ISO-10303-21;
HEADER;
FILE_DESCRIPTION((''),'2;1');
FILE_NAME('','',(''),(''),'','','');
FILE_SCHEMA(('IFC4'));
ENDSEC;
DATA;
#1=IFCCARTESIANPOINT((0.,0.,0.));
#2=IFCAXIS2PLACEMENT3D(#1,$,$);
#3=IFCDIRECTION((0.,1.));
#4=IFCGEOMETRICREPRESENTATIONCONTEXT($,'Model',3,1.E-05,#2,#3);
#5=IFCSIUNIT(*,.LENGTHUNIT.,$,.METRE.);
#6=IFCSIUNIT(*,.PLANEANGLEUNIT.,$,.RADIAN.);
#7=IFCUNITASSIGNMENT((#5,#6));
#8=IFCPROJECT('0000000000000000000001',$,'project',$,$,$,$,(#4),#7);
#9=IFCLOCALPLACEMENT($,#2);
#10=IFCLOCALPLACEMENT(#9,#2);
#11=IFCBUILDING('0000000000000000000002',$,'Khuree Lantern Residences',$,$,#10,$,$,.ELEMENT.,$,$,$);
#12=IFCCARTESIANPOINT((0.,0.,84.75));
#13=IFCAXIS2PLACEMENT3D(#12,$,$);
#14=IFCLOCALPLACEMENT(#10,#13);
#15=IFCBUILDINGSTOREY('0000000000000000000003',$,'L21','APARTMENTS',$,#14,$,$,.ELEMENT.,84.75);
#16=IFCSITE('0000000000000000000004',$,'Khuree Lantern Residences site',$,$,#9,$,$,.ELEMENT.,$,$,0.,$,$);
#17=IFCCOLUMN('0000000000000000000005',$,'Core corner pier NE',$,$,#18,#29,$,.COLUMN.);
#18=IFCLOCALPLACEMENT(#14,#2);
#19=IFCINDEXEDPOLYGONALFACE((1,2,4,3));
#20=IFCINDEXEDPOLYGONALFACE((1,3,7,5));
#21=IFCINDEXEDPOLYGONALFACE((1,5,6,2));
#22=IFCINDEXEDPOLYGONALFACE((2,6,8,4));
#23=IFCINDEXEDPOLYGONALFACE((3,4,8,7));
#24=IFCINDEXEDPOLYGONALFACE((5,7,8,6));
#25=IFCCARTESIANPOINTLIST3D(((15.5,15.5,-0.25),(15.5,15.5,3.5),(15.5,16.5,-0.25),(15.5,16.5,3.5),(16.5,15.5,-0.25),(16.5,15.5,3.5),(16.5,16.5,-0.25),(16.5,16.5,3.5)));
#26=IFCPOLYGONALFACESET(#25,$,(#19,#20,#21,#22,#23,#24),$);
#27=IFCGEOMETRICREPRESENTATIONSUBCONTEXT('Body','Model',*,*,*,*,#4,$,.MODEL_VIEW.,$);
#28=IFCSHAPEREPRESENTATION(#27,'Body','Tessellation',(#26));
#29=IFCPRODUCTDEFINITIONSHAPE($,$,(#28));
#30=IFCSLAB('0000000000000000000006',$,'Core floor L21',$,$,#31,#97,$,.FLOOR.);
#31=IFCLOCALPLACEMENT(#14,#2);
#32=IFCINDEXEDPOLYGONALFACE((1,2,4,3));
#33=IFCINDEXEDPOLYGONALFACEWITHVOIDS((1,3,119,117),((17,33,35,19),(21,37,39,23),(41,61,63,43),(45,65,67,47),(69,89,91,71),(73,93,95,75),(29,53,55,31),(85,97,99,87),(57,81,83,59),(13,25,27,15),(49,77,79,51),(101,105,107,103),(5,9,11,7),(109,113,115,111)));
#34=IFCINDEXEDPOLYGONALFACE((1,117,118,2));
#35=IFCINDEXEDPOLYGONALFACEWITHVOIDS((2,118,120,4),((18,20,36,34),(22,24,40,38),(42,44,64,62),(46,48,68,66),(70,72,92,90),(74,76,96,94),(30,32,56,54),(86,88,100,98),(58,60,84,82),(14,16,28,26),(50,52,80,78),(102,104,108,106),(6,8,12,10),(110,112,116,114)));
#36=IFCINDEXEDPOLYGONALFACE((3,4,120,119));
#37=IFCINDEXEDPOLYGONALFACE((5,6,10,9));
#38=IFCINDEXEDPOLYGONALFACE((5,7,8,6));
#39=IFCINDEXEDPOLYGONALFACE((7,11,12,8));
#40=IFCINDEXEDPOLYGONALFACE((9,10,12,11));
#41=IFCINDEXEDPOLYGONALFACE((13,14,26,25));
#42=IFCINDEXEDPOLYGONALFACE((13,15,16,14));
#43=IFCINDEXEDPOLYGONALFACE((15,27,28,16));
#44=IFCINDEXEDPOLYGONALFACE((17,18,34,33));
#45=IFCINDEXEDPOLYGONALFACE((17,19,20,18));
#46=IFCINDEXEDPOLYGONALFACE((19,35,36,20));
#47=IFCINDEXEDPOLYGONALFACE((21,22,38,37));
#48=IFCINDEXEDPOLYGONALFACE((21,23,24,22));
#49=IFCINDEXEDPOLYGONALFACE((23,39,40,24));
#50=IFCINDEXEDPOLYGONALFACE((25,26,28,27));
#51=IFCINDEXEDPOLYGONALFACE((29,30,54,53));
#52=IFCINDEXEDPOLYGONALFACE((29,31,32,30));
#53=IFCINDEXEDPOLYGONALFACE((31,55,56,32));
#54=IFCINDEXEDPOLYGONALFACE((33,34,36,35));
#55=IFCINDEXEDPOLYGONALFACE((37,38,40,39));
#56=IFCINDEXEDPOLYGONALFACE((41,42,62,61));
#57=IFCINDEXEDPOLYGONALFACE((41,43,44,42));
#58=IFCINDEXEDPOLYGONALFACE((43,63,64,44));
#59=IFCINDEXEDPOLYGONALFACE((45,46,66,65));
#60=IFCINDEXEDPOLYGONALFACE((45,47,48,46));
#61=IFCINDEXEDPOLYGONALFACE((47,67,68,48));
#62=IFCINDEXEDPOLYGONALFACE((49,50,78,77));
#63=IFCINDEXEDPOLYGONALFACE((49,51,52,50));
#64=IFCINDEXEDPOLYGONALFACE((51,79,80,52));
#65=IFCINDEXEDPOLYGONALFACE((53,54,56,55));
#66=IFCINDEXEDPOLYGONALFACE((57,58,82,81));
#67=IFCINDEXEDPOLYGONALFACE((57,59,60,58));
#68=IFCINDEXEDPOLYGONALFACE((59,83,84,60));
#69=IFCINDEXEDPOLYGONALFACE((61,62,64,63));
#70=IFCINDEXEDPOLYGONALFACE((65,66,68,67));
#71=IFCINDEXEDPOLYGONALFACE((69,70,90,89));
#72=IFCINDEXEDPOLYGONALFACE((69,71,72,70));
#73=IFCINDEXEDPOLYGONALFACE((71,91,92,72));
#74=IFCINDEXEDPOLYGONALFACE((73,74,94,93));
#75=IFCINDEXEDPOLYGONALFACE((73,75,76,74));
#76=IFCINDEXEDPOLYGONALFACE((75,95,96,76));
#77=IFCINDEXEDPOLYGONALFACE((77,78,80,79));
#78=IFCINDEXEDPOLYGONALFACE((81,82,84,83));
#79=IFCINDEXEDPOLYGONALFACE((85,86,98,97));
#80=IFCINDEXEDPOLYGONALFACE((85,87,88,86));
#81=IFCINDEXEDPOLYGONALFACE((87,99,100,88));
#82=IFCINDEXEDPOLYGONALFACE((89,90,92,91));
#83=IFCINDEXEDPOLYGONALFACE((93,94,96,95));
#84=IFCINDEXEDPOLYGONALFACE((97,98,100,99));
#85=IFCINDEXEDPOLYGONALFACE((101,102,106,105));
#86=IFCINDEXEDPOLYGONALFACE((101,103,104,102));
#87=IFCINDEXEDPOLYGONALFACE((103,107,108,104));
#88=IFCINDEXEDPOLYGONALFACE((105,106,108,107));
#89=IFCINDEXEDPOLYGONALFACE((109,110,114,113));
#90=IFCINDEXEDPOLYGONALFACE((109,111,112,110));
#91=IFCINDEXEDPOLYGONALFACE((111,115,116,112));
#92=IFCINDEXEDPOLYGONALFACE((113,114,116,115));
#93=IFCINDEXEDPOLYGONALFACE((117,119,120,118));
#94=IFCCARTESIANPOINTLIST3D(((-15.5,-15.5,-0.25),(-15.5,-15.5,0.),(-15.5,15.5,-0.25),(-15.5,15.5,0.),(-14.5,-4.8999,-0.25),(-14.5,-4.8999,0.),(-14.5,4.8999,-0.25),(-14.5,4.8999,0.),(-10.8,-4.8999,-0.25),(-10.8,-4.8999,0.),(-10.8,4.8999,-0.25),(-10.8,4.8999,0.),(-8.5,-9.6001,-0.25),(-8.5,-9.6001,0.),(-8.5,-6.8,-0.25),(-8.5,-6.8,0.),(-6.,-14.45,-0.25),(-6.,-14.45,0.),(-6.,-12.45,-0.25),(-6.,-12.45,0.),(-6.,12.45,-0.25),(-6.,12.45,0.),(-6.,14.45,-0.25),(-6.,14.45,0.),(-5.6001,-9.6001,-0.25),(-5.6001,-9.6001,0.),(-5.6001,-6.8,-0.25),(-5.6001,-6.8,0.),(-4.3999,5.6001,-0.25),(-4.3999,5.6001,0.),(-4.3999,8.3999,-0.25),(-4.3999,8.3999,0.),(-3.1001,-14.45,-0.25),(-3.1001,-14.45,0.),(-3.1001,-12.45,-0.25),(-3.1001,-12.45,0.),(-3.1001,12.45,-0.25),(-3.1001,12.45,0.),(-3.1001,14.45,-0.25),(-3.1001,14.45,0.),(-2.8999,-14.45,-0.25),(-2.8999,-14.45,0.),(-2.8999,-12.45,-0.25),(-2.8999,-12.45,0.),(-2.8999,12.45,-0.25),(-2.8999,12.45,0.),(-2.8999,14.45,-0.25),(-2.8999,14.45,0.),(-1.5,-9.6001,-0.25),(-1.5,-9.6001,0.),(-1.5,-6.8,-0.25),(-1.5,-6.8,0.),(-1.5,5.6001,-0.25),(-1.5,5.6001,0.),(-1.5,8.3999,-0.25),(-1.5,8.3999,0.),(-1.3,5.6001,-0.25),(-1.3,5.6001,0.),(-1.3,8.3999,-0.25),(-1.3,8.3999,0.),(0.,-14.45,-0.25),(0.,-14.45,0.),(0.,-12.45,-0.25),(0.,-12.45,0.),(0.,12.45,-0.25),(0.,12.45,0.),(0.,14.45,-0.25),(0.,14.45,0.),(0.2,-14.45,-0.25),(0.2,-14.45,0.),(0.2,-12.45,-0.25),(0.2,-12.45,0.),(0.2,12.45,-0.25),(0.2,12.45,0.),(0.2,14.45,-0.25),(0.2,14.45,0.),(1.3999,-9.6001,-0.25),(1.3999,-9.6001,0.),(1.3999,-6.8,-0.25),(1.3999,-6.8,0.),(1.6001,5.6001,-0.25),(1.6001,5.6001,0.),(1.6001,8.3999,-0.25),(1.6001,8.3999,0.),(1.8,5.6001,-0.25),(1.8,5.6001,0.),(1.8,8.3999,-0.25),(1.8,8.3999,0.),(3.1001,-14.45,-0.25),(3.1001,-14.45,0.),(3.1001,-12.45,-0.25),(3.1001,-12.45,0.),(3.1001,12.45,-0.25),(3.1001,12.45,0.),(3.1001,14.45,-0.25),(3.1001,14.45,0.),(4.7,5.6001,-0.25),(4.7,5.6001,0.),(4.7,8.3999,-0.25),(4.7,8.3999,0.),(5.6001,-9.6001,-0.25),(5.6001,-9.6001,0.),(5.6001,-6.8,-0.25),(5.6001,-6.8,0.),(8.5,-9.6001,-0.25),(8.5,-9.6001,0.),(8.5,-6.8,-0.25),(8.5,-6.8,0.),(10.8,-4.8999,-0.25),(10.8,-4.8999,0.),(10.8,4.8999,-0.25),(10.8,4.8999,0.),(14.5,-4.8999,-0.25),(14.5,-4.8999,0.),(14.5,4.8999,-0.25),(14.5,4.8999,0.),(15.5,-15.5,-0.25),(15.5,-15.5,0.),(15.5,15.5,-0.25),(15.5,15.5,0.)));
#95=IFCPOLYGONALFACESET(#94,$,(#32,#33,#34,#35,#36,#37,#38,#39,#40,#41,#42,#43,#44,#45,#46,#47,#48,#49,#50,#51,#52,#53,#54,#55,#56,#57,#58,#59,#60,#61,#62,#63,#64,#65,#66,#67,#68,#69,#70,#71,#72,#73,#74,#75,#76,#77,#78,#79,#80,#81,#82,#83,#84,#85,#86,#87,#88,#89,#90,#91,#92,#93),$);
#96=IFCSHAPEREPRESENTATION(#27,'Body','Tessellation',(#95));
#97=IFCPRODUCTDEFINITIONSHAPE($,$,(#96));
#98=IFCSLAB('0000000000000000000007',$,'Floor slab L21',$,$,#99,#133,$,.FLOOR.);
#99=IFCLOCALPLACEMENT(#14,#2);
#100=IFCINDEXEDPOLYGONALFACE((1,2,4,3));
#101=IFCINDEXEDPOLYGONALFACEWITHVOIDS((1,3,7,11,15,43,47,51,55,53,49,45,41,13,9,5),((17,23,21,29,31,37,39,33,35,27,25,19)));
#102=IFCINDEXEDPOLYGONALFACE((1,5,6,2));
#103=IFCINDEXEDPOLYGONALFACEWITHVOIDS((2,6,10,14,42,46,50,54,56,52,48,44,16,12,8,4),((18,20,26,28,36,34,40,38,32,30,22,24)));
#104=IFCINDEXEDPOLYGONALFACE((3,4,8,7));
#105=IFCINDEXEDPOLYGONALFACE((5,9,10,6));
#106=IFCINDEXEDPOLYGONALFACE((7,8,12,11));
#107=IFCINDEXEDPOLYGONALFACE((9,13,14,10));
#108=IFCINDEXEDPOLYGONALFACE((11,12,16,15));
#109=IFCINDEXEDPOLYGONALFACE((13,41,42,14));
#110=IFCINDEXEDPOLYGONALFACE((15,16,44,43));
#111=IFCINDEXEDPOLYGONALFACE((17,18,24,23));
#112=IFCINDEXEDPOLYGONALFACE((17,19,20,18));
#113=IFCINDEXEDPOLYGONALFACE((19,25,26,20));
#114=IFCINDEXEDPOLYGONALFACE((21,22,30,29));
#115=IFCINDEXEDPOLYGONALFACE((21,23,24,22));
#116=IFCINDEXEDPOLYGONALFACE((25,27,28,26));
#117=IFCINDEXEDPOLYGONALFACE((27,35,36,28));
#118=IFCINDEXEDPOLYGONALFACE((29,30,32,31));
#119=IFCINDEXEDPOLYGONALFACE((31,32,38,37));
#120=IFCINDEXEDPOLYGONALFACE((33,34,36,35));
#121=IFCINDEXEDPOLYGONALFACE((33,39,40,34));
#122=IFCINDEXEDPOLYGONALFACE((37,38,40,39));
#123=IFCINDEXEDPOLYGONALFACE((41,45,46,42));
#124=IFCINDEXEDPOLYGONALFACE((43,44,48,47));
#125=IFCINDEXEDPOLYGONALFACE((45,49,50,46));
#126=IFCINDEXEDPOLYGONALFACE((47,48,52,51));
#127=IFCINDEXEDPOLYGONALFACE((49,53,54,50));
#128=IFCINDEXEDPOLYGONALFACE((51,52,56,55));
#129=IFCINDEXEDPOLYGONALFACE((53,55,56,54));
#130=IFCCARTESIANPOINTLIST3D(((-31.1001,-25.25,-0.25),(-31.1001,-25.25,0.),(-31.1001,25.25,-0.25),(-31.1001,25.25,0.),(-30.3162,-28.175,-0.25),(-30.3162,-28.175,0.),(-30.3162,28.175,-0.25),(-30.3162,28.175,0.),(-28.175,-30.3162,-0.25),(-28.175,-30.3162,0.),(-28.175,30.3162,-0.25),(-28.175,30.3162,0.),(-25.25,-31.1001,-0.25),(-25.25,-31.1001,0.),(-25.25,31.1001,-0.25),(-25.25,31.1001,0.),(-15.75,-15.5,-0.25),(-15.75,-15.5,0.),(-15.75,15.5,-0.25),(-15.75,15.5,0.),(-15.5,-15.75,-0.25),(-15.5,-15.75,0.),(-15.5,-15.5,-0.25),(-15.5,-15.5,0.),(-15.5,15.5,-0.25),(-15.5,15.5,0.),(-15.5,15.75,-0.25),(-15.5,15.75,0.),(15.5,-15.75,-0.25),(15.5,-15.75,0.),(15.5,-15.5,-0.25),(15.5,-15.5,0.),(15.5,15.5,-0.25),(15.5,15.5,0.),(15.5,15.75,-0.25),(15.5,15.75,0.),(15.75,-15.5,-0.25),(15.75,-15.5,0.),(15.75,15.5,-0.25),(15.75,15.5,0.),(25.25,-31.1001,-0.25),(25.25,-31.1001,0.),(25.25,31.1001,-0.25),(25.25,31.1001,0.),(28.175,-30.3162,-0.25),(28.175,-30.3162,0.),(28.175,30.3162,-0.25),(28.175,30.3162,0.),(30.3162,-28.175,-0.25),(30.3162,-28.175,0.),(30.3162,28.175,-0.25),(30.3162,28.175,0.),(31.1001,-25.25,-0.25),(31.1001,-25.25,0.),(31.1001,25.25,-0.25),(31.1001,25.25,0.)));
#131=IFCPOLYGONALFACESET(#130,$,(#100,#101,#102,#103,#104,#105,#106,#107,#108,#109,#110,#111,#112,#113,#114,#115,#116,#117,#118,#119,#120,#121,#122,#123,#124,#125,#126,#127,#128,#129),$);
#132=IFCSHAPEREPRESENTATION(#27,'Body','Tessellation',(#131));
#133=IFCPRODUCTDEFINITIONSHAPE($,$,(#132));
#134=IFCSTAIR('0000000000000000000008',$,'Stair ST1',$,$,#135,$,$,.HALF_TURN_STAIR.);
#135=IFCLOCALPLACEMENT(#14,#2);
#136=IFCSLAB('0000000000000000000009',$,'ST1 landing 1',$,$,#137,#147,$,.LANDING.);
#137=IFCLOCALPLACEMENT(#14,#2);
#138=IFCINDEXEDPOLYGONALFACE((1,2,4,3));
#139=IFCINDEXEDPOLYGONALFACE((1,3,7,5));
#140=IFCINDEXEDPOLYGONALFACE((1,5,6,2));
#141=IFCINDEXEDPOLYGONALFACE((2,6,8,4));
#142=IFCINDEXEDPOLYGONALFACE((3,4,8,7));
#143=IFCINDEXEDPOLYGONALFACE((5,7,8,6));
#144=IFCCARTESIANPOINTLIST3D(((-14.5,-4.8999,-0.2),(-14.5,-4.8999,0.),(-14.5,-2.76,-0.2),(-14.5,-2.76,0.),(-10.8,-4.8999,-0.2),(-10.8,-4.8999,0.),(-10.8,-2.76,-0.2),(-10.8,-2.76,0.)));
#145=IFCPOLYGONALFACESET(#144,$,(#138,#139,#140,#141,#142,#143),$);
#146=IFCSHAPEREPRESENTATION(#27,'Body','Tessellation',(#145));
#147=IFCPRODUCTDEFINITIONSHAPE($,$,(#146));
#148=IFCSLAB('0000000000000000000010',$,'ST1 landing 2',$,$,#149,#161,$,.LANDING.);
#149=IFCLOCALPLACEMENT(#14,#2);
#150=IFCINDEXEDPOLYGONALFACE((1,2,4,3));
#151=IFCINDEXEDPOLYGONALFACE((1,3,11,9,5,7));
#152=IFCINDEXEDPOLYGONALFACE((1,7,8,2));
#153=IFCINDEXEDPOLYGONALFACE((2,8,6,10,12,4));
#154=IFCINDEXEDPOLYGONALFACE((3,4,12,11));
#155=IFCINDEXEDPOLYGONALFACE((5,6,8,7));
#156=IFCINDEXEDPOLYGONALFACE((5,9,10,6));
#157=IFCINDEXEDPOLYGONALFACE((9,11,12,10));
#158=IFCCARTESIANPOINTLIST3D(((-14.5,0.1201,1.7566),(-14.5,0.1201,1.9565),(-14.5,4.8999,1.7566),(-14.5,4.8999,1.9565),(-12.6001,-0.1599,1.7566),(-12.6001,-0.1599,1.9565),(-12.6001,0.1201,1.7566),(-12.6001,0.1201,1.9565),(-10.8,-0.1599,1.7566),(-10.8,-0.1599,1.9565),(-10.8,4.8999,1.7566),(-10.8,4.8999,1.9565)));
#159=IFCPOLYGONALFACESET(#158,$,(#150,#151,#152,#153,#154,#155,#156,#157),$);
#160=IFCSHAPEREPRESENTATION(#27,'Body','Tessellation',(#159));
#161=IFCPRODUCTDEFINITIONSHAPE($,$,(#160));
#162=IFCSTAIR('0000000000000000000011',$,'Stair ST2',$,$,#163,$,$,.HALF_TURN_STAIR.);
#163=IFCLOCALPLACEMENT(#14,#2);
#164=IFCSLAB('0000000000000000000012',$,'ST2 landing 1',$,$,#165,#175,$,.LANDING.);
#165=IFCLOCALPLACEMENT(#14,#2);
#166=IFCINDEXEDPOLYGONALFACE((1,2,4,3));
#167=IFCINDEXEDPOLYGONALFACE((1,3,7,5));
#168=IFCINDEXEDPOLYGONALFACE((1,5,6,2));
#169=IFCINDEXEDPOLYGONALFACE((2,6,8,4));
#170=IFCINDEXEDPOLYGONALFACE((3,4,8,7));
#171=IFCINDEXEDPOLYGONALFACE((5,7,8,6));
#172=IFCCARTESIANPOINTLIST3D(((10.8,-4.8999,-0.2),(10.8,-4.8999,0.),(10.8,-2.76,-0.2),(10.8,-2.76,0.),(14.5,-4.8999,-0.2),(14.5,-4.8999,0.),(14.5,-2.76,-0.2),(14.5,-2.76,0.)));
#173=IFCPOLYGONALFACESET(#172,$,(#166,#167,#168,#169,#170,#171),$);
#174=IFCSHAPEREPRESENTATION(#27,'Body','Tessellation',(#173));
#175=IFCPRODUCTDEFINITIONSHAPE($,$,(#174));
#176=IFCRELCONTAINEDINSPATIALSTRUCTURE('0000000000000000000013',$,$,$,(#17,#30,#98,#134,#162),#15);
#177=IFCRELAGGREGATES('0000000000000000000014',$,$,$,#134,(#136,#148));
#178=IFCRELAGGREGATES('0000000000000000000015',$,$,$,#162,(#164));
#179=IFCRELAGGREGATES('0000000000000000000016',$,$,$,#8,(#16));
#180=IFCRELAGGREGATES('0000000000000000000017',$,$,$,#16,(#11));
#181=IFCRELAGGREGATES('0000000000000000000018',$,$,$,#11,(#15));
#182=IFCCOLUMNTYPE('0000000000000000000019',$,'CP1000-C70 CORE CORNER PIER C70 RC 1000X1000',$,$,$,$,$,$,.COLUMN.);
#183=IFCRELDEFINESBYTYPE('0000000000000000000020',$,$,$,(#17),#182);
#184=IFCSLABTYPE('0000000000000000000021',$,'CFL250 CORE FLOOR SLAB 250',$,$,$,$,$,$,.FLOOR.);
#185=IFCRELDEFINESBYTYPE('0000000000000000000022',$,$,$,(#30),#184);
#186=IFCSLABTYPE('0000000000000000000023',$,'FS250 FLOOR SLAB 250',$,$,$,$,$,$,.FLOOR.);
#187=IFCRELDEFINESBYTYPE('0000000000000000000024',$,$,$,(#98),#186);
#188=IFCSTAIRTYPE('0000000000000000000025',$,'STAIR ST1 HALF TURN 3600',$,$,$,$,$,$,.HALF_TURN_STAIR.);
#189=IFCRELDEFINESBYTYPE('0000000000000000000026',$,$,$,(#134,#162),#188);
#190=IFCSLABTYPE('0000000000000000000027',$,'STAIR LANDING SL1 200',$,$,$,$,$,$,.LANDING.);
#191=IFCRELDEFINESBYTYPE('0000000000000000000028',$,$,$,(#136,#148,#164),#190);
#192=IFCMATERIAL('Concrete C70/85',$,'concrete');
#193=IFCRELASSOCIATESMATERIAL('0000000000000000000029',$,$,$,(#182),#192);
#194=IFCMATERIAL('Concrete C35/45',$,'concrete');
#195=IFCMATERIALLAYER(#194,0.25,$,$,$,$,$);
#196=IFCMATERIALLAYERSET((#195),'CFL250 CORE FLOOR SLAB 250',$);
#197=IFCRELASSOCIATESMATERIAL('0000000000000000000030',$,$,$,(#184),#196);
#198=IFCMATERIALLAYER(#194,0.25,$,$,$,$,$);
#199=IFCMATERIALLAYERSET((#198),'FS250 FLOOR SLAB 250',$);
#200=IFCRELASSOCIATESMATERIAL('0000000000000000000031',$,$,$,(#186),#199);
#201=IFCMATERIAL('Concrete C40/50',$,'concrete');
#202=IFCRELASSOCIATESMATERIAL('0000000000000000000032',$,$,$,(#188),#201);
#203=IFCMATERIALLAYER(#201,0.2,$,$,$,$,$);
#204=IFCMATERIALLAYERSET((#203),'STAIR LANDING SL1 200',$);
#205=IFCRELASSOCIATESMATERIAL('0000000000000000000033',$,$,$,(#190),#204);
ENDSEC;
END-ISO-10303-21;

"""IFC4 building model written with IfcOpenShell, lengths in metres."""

from ifc_helpers import new_model, si_unit, direction, frame, origin, origin_2d, place, context, subcontext, project, spatial, polyline, rectangle, outline, extrude, material, layer, layer_set, material_profile, profile_set, type_object, element, aggregate, save


model = new_model("IFC4")

# Units and contexts
model_context = context("Model", 3, precision=1e-05, world=origin(), true_north=direction((0.0, 1.0)))
body_context = subcontext(model_context, "Body", "Model", "MODEL_VIEW")
ifc_project = project(units=[si_unit("LENGTHUNIT", "METRE"), si_unit("PLANEANGLEUNIT", "RADIAN")], contexts=[model_context])

# Site, building, storey
site_placement = place(None, origin())
site = spatial("IfcSite", under=ifc_project, at=site_placement, Name="Khuree Lantern Residences site", CompositionType="ELEMENT", RefElevation=0.0)
building_placement = place(site_placement, origin())
building = spatial("IfcBuilding", under=site, at=building_placement, Name="Khuree Lantern Residences", CompositionType="ELEMENT")
storey_placement = place(building_placement, frame((0.0, 0.0, 84.75)))
storey = spatial("IfcBuildingStorey", under=building, at=storey_placement, Name="L21", Description="APARTMENTS", CompositionType="ELEMENT", Elevation=84.75)

# Column
ifc_material_1 = material(Name="Concrete C70/85", Category="concrete")
ifc_material_profile = material_profile(ifc_material_1, rectangle(XDim=1.0, YDim=1.0, at=origin_2d()), Name="RC 1000X1000")
ifc_profile_set = profile_set([ifc_material_profile], Name="Concrete C70/85")
column_type = type_object("IfcColumnType", Name="CP1000-C70 CORE CORNER PIER C70 RC 1000X1000", PredefinedType="COLUMN", material=ifc_profile_set)
column_placement = place(storey_placement, frame((16.0, 16.0, -0.25), z_axis=(0.0, 0.0, 1.0), x_axis=(1.0, 0.0, 0.0)))
element("IfcColumn", 1, at=column_placement, inside=storey, type_object=column_type, Name="Core corner pier NE", PredefinedType="COLUMN", context=body_context, shape_type="SweptSolid", body=[
    extrude(rectangle(XDim=1.0, YDim=1.0, at=origin_2d()), origin(), (0.0, 0.0, 1.0), 3.75),
])

# Slabs
ifc_material_2 = material(Name="Concrete C35/45", Category="concrete")
ifc_layer_1 = layer(ifc_material_2, 0.25)
ifc_layer_set_1 = layer_set([ifc_layer_1], Name="CFL250 CORE FLOOR SLAB 250")
slab_type_1 = type_object("IfcSlabType", Name="CFL250 CORE FLOOR SLAB 250", PredefinedType="FLOOR", material=ifc_layer_set_1)
slab_1_placement = place(storey_placement, frame((0.0, 0.0, -0.25)))
element("IfcSlab", 2, at=slab_1_placement, inside=storey, type_object=slab_type_1, Name="Core floor L21", PredefinedType="FLOOR", context=body_context, shape_type="SweptSolid", body=[
    extrude(outline(polyline([(-15.5, -15.5), (-15.5, 15.5), (15.5, 15.5), (15.5, -15.5), (-15.5, -15.5)]), holes=[polyline([(14.5, 4.8999), (10.8, 4.8999), (10.8, -4.8999), (14.5, -4.8999), (14.5, 4.8999)]), polyline([(8.5, -6.8), (5.6001, -6.8), (5.6001, -9.6001), (8.5, -9.6001), (8.5, -6.8)]), polyline([(4.7, 8.3999), (1.8, 8.3999), (1.8, 5.6001), (4.7, 5.6001), (4.7, 8.3999)]), polyline([(0.2, -12.45), (0.2, -14.45), (3.1001, -14.45), (3.1001, -12.45), (0.2, -12.45)]), polyline([(3.1001, 14.45), (0.2, 14.45), (0.2, 12.45), (3.1001, 12.45), (3.1001, 14.45)]), polyline([(1.6001, 8.3999), (-1.3, 8.3999), (-1.3, 5.6001), (1.6001, 5.6001), (1.6001, 8.3999)]), polyline([(1.3999, -6.8), (-1.5, -6.8), (-1.5, -9.6001), (1.3999, -9.6001), (1.3999, -6.8)]), polyline([(0.0, -12.45), (-2.8999, -12.45), (-2.8999, -14.45), (0.0, -14.45), (0.0, -12.45)]), polyline([(0.0, 14.45), (-2.8999, 14.45), (-2.8999, 12.45), (0.0, 12.45), (0.0, 14.45)]), polyline([(-1.5, 8.3999), (-4.3999, 8.3999), (-4.3999, 5.6001), (-1.5, 5.6001), (-1.5, 8.3999)]), polyline([(-6.0, -12.45), (-6.0, -14.45), (-3.1001, -14.45), (-3.1001, -12.45), (-6.0, -12.45)]), polyline([(-3.1001, 14.45), (-6.0, 14.45), (-6.0, 12.45), (-3.1001, 12.45), (-3.1001, 14.45)]), polyline([(-5.6001, -6.8), (-8.5, -6.8), (-8.5, -9.6001), (-5.6001, -9.6001), (-5.6001, -6.8)]), polyline([(-10.8, 4.8999), (-14.5, 4.8999), (-14.5, -4.8999), (-10.8, -4.8999), (-10.8, 4.8999)])]), origin(), (0.0, 0.0, 1.0), 0.25),
])
ifc_layer_2 = layer(ifc_material_2, 0.25)
ifc_layer_set_2 = layer_set([ifc_layer_2], Name="FS250 FLOOR SLAB 250")
slab_type_2 = type_object("IfcSlabType", Name="FS250 FLOOR SLAB 250", PredefinedType="FLOOR", material=ifc_layer_set_2)
slab_2_placement = place(storey_placement, frame((0.0, 0.0, -0.25)))
element("IfcSlab", 3, at=slab_2_placement, inside=storey, type_object=slab_type_2, Name="Floor slab L21", PredefinedType="FLOOR", context=body_context, shape_type="SweptSolid", body=[
    extrude(outline(polyline([(-28.175, -30.3162), (-30.3162, -28.175), (-31.1001, -25.25), (-31.1001, 25.25), (-30.3162, 28.175), (-28.175, 30.3162), (-25.25, 31.1001), (25.25, 31.1001), (28.175, 30.3162), (30.3162, 28.175), (31.1001, 25.25), (31.1001, -25.25), (30.3162, -28.175), (28.175, -30.3162), (25.25, -31.1001), (-25.25, -31.1001), (-28.175, -30.3162)]), holes=[polyline([(15.75, 15.5), (15.5, 15.5), (15.5, 15.75), (-15.5, 15.75), (-15.5, 15.5), (-15.75, 15.5), (-15.75, -15.5), (-15.5, -15.5), (-15.5, -15.75), (15.5, -15.75), (15.5, -15.5), (15.75, -15.5), (15.75, 15.5)])]), origin(), (0.0, 0.0, 1.0), 0.25),
])

# Stairs, slabs
ifc_material_3 = material(Name="Concrete C40/50", Category="concrete")
stair_type = type_object("IfcStairType", Name="STAIR ST1 HALF TURN 3600", PredefinedType="HALF_TURN_STAIR", material=ifc_material_3)
stair_1_placement = place(storey_placement, origin())
stair_1 = element("IfcStair", 4, at=stair_1_placement, inside=storey, type_object=stair_type, Name="Stair ST1", PredefinedType="HALF_TURN_STAIR")
ifc_layer_3 = layer(ifc_material_3, 0.2)
ifc_layer_set_3 = layer_set([ifc_layer_3], Name="STAIR LANDING SL1 200")
slab_type_3 = type_object("IfcSlabType", Name="STAIR LANDING SL1 200", PredefinedType="LANDING", material=ifc_layer_set_3)
slab_3_placement = place(storey_placement, frame((0.0, 0.0, -0.2)))
slab_3 = element("IfcSlab", 5, at=slab_3_placement, type_object=slab_type_3, Name="ST1 landing 1", PredefinedType="LANDING", context=body_context, shape_type="SweptSolid", body=[
    extrude(outline(polyline([(-14.5, -4.8999), (-10.8, -4.8999), (-10.8, -2.76), (-14.5, -2.76), (-14.5, -4.8999)])), origin(), (0.0, 0.0, 1.0), 0.2),
])
slab_4_placement = place(storey_placement, frame((0.0, 0.0, 1.7566)))
slab_4 = element("IfcSlab", 6, at=slab_4_placement, type_object=slab_type_3, Name="ST1 landing 2", PredefinedType="LANDING", context=body_context, shape_type="SweptSolid", body=[
    extrude(outline(polyline([(-14.5, 0.1201), (-14.5, 4.8999), (-10.8, 4.8999), (-10.8, -0.1599), (-12.6001, -0.1599), (-12.6001, 0.1201), (-14.5, 0.1201)])), origin(), (0.0, 0.0, 1.0), 0.2),
])
aggregate(stair_1, [slab_3, slab_4])
stair_2_placement = place(storey_placement, origin())
stair_2 = element("IfcStair", 7, at=stair_2_placement, inside=storey, type_object=stair_type, Name="Stair ST2", PredefinedType="HALF_TURN_STAIR")
slab_5_placement = place(storey_placement, frame((0.0, 0.0, -0.2)))
slab_5 = element("IfcSlab", 8, at=slab_5_placement, type_object=slab_type_3, Name="ST2 landing 1", PredefinedType="LANDING", context=body_context, shape_type="SweptSolid", body=[
    extrude(outline(polyline([(10.8, -4.8999), (14.5, -4.8999), (14.5, -2.76), (10.8, -2.76), (10.8, -4.8999)])), origin(), (0.0, 0.0, 1.0), 0.2),
])

aggregate(stair_2, [slab_5])

save(model, "model.ifc")
